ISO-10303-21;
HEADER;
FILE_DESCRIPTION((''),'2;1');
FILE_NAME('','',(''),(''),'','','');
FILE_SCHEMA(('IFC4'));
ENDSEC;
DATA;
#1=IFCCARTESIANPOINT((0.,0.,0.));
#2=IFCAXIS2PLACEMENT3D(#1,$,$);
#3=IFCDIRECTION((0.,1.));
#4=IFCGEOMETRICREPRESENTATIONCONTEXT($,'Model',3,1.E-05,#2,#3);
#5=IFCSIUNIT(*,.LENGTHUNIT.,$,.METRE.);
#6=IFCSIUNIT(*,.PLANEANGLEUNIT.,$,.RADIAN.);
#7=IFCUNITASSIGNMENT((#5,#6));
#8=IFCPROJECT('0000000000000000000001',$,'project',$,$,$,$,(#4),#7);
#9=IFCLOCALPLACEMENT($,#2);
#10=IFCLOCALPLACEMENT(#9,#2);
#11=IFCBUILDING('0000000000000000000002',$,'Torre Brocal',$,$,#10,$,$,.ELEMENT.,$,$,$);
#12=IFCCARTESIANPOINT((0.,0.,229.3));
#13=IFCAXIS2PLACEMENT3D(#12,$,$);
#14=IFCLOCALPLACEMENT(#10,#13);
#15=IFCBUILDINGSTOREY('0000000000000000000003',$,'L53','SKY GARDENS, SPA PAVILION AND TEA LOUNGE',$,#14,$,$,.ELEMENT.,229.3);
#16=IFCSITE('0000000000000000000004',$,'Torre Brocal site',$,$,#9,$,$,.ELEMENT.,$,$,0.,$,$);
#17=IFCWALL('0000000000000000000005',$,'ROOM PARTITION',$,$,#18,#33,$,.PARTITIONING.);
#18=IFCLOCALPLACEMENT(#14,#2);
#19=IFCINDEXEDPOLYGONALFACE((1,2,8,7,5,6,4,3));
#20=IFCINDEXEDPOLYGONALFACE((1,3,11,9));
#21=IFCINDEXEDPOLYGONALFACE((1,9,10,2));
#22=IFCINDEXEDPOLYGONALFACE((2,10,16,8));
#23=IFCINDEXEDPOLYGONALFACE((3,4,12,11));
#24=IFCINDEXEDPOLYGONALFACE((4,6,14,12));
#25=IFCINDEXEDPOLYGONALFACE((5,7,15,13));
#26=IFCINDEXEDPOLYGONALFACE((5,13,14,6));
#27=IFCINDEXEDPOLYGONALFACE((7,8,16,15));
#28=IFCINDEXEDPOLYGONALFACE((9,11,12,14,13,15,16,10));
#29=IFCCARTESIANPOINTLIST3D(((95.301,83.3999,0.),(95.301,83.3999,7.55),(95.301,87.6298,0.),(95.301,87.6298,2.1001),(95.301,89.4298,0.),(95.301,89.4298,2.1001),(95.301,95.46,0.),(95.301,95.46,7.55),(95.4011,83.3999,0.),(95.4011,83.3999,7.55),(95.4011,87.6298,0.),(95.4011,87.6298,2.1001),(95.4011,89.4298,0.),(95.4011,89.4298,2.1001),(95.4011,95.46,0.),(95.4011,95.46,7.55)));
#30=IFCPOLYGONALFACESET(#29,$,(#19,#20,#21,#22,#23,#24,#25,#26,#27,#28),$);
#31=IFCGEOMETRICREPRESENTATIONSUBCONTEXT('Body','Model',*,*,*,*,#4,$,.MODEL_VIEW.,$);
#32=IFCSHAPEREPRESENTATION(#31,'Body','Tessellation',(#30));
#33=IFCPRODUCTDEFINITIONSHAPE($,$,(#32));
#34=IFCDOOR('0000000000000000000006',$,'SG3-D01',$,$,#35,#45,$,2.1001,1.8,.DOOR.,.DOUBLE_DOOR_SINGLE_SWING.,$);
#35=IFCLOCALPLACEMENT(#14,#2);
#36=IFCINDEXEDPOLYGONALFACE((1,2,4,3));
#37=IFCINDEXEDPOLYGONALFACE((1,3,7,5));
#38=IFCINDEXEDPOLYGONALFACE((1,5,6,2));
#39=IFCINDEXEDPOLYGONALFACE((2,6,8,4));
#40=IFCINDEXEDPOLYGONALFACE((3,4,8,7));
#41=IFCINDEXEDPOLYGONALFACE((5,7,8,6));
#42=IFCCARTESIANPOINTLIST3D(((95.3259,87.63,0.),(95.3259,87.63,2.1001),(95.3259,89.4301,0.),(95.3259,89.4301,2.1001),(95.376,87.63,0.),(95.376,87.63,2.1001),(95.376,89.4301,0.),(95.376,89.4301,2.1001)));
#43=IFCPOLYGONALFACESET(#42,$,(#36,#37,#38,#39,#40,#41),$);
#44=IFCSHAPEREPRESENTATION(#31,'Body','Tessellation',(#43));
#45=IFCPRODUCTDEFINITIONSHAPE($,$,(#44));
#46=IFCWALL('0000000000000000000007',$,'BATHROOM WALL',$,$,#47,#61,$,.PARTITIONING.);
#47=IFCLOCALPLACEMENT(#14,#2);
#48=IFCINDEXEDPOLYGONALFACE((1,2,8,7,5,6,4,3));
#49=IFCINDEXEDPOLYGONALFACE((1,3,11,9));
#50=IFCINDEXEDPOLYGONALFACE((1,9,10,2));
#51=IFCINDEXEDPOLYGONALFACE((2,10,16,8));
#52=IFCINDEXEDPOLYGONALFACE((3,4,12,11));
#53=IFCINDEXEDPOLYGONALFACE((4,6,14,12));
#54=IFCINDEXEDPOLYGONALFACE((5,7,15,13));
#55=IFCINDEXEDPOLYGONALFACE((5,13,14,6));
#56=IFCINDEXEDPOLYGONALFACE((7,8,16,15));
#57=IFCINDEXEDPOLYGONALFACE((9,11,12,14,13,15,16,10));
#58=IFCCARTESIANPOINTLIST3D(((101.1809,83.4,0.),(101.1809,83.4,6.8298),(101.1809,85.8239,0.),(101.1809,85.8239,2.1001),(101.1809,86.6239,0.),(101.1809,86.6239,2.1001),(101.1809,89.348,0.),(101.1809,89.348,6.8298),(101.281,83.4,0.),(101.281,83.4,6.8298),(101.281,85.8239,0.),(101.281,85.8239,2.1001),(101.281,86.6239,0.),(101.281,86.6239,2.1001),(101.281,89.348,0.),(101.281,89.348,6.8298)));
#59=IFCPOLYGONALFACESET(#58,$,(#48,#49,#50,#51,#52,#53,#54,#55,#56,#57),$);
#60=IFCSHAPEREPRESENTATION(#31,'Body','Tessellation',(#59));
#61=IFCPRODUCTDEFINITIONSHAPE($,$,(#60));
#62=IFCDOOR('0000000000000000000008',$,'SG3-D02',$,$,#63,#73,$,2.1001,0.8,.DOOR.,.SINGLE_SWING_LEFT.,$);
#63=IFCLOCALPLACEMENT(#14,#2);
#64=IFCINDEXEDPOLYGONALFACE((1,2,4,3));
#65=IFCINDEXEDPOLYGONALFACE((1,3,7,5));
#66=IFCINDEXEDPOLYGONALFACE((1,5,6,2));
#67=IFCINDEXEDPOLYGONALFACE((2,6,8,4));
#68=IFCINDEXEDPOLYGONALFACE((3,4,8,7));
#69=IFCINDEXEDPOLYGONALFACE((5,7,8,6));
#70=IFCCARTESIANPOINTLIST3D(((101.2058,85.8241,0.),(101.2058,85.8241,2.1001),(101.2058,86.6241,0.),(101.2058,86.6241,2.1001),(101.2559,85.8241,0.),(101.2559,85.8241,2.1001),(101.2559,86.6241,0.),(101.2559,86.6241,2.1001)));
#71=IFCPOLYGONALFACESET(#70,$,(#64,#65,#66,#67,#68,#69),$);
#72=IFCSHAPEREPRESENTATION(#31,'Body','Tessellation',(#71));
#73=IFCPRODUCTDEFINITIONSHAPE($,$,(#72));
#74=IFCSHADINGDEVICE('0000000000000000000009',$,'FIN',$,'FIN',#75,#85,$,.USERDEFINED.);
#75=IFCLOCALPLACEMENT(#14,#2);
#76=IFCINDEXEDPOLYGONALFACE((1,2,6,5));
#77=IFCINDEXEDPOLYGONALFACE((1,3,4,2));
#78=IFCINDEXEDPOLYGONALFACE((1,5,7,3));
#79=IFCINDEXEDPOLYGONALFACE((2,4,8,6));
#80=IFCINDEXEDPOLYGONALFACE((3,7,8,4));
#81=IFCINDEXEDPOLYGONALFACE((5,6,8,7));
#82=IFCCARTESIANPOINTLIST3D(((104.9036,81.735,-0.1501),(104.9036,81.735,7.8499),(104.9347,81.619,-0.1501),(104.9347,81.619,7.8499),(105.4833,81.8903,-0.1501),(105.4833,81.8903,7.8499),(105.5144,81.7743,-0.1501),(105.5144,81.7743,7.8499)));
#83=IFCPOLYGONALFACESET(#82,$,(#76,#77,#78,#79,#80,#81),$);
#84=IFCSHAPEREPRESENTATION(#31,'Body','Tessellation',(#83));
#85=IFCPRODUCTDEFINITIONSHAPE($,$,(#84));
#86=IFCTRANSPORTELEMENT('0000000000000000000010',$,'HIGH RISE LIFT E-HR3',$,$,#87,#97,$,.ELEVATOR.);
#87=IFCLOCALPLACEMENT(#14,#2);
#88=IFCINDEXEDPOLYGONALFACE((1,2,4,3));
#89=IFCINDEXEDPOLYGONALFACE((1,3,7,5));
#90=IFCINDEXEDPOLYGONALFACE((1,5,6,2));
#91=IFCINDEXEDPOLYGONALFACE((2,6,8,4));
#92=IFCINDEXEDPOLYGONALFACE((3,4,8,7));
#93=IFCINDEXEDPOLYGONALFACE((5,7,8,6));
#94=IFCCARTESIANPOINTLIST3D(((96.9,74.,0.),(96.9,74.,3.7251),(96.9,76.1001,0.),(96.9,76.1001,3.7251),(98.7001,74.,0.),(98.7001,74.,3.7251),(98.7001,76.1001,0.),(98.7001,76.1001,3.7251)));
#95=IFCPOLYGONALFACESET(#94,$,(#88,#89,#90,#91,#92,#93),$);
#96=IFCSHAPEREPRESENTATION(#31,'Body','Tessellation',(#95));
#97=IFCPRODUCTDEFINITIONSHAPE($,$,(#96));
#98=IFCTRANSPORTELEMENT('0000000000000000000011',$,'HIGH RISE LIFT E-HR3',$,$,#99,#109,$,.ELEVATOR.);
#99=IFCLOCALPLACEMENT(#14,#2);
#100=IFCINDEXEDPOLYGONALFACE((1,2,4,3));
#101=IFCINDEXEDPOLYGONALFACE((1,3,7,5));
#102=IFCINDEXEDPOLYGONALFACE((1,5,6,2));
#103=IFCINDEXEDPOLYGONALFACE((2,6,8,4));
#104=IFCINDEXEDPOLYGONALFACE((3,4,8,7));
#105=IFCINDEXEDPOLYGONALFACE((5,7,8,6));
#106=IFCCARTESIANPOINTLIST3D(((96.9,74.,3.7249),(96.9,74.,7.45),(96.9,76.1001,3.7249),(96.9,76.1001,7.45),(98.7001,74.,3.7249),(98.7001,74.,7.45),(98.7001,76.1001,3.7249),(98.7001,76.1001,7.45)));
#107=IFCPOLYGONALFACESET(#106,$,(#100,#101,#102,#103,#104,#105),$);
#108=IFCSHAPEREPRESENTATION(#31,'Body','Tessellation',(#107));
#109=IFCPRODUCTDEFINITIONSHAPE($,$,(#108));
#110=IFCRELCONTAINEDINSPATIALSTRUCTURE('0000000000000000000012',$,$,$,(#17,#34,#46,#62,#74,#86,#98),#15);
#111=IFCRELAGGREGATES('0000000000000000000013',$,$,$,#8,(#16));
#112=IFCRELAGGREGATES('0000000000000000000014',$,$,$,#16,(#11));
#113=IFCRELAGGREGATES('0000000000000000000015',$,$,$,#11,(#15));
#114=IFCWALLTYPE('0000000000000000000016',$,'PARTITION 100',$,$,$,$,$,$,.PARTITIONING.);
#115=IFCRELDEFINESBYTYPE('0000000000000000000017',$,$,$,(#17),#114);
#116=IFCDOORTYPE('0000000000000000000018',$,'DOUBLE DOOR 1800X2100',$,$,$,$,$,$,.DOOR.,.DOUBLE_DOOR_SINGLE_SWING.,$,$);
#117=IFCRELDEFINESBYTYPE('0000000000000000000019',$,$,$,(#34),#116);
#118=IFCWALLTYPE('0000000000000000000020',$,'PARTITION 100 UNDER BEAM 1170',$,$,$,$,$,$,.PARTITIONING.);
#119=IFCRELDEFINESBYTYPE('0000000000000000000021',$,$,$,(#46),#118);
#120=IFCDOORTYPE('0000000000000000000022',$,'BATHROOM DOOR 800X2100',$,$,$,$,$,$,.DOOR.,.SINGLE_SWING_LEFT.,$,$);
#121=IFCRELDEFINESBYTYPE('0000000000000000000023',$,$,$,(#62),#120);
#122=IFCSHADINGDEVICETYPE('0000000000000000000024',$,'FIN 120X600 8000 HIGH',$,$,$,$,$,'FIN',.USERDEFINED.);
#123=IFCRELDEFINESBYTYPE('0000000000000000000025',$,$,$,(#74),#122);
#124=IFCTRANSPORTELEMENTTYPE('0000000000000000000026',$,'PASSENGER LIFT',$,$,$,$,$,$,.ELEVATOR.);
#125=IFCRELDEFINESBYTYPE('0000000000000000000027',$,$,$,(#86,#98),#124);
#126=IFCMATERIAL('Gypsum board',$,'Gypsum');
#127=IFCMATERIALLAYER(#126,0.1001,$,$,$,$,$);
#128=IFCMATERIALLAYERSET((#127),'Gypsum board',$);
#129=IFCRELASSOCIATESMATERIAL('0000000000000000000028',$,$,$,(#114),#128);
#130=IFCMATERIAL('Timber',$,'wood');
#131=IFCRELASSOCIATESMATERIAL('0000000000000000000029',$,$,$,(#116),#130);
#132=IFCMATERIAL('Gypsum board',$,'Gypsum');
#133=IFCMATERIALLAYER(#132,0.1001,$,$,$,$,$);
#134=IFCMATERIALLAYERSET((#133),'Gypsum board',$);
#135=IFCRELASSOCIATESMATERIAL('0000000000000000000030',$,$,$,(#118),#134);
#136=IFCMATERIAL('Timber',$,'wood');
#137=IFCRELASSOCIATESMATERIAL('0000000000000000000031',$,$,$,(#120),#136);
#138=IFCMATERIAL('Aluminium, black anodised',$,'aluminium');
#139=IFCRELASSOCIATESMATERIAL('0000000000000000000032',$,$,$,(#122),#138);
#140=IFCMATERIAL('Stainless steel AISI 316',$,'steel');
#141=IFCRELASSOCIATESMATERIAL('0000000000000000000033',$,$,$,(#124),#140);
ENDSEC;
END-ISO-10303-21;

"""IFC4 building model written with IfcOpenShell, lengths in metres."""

from ifc_helpers import new_model, si_unit, direction, frame, frame_2d, origin, origin_2d, place, context, subcontext, project, spatial, rectangle, extrude, material, layer, layer_set, material_profile, profile_set, type_object, element, fill, save


model = new_model("IFC4")

# Units and contexts
model_context = context("Model", 3, precision=1e-05, world=origin(), true_north=direction((0.0, 1.0)))
body_context = subcontext(model_context, "Body", "Model", "MODEL_VIEW")
ifc_project = project(units=[si_unit("LENGTHUNIT", "METRE"), si_unit("PLANEANGLEUNIT", "RADIAN")], contexts=[model_context])

# Site, building, storey
site_placement = place(None, origin())
site = spatial("IfcSite", under=ifc_project, at=site_placement, Name="Torre Brocal site", CompositionType="ELEMENT", RefElevation=0.0)
building_placement = place(site_placement, origin())
building = spatial("IfcBuilding", under=site, at=building_placement, Name="Torre Brocal", CompositionType="ELEMENT")
storey_placement = place(building_placement, frame((0.0, 0.0, 229.3)))
storey = spatial("IfcBuildingStorey", under=building, at=storey_placement, Name="L53", Description="SKY GARDENS, SPA PAVILION AND TEA LOUNGE", CompositionType="ELEMENT", Elevation=229.3)

# Walls, openings, doors
ifc_material_1 = material(Name="Gypsum board", Category="Gypsum")
ifc_layer_1 = layer(ifc_material_1, 0.1001)
ifc_layer_set_1 = layer_set([ifc_layer_1], Name="Gypsum board")
wall_type_1 = type_object("IfcWallType", Name="PARTITION 100", PredefinedType="PARTITIONING", material=ifc_layer_set_1)
wall_1_placement = place(storey_placement, frame((95.3511, 83.3999, 0.0), z_axis=(0.0, 0.0, 1.0), x_axis=(0.0, 1.0, 0.0)))
wall_1 = element("IfcWall", 1, at=wall_1_placement, inside=storey, type_object=wall_type_1, Name="ROOM PARTITION", PredefinedType="PARTITIONING", context=body_context, shape_type="SweptSolid", body=[
    extrude(rectangle(XDim=12.0601, YDim=0.1001, at=frame_2d((6.03, 0.0))), origin(), (0.0, 0.0, 1.0), 7.55),
])
opening_1_placement = place(wall_1_placement, frame((4.23, 0.0, 0.0)))
opening_1 = element("IfcOpeningElement", 2, at=opening_1_placement, cuts=wall_1, PredefinedType="OPENING", context=body_context, shape_type="SweptSolid", body=[
    extrude(rectangle(XDim=1.8, YDim=2.1001, at=frame_2d((0.8999, 1.05))), frame((0.0, 0.0601, 0.0), z_axis=(0.0, -1.0, 0.0), x_axis=(1.0, 0.0, 0.0)), (0.0, 0.0, 1.0), 0.1201),
])
ifc_material_2 = material(Name="Timber", Category="wood")
door_type_1 = type_object("IfcDoorType", Name="DOUBLE DOOR 1800X2100", OperationType="DOUBLE_DOOR_SINGLE_SWING", PredefinedType="DOOR", material=ifc_material_2)
door_1_placement = place(opening_1_placement, frame((1.8, 0.0, 0.0), z_axis=(0.0, 0.0, 1.0), x_axis=(-1.0, 0.0, 0.0)))
door_1 = element("IfcDoor", 3, at=door_1_placement, inside=storey, type_object=door_type_1, Name="SG3-D01", OperationType="DOUBLE_DOOR_SINGLE_SWING", OverallHeight=2.1001, OverallWidth=1.8, PredefinedType="DOOR", context=body_context, shape_type="SweptSolid", body=[
    extrude(rectangle(XDim=1.8, YDim=2.1001, at=frame_2d((0.8999, 1.05))), frame((0.0, 0.0249, 0.0), z_axis=(0.0, -1.0, 0.0), x_axis=(1.0, 0.0, 0.0)), (0.0, 0.0, 1.0), 0.05),
])
fill(opening_1, door_1)
ifc_material_3 = material(Name="Gypsum board", Category="Gypsum")
ifc_layer_2 = layer(ifc_material_3, 0.1001)
ifc_layer_set_2 = layer_set([ifc_layer_2], Name="Gypsum board")
wall_type_2 = type_object("IfcWallType", Name="PARTITION 100 UNDER BEAM 1170", PredefinedType="PARTITIONING", material=ifc_layer_set_2)
wall_2_placement = place(storey_placement, frame((101.231, 83.3999, 0.0), z_axis=(0.0, 0.0, 1.0), x_axis=(0.0, 1.0, 0.0)))
wall_2 = element("IfcWall", 4, at=wall_2_placement, inside=storey, type_object=wall_type_2, Name="BATHROOM WALL", PredefinedType="PARTITIONING", context=body_context, shape_type="SweptSolid", body=[
    extrude(rectangle(XDim=5.948, YDim=0.1001, at=frame_2d((2.9741, 0.0))), origin(), (0.0, 0.0, 1.0), 6.8298),
])
opening_2_placement = place(wall_2_placement, frame((2.4241, 0.0, 0.0)))
opening_2 = element("IfcOpeningElement", 5, at=opening_2_placement, cuts=wall_2, PredefinedType="OPENING", context=body_context, shape_type="SweptSolid", body=[
    extrude(rectangle(XDim=0.8, YDim=2.1001, at=frame_2d((0.3999, 1.05))), frame((0.0, 0.0601, 0.0), z_axis=(0.0, -1.0, 0.0), x_axis=(1.0, 0.0, 0.0)), (0.0, 0.0, 1.0), 0.1201),
])
ifc_material_4 = material(Name="Timber", Category="wood")
door_type_2 = type_object("IfcDoorType", Name="BATHROOM DOOR 800X2100", OperationType="SINGLE_SWING_LEFT", PredefinedType="DOOR", material=ifc_material_4)
door_2_placement = place(opening_2_placement, frame((0.8, 0.0, 0.0), z_axis=(0.0, 0.0, 1.0), x_axis=(-1.0, 0.0, 0.0)))
door_2 = element("IfcDoor", 6, at=door_2_placement, inside=storey, type_object=door_type_2, Name="SG3-D02", OperationType="SINGLE_SWING_LEFT", OverallHeight=2.1001, OverallWidth=0.8, PredefinedType="DOOR", context=body_context, shape_type="SweptSolid", body=[
    extrude(rectangle(XDim=0.8, YDim=2.1001, at=frame_2d((0.3999, 1.05))), frame((0.0, 0.0249, 0.0), z_axis=(0.0, -1.0, 0.0), x_axis=(1.0, 0.0, 0.0)), (0.0, 0.0, 1.0), 0.05),
])
fill(opening_2, door_2)

# Shading device
ifc_material_5 = material(Name="Aluminium, black anodised", Category="aluminium")
ifc_material_profile_1 = material_profile(ifc_material_5, rectangle(XDim=0.1201, YDim=0.6001, at=origin_2d()), Name="FIN 120X600 8000 HIGH")
ifc_profile_set_1 = profile_set([ifc_material_profile_1], Name="Aluminium, black anodised")
shading_device_type = type_object("IfcShadingDeviceType", Name="FIN 120X600 8000 HIGH", ElementType="FIN", PredefinedType="USERDEFINED", material=ifc_profile_set_1)
shading_device_placement = place(storey_placement, frame((105.209, 81.7546, -0.1501), z_axis=(0.0, 0.0, 1.0), x_axis=(-0.258819, 0.965926, 0.0)))
element("IfcShadingDevice", 7, at=shading_device_placement, inside=storey, type_object=shading_device_type, Name="FIN", ObjectType="FIN", PredefinedType="USERDEFINED", context=body_context, shape_type="SweptSolid", body=[
    extrude(rectangle(XDim=0.1201, YDim=0.6001, at=origin_2d()), origin(), (0.0, 0.0, 1.0), 8.0),
])

# Transport elements
ifc_material_6 = material(Name="Stainless steel AISI 316", Category="steel")
transport_element_type = type_object("IfcTransportElementType", Name="PASSENGER LIFT", PredefinedType="ELEVATOR", material=ifc_material_6)
for number, where, z_axis, x_axis, name in (
    (8, (97.8, 75.05, 0.0), (0.0, 0.0, 1.0), (1.0, 0.0, 0.0), "HIGH RISE LIFT E-HR3"),
    (9, (97.8, 75.05, 3.7249), (0.0, 0.0, 1.0), (1.0, 0.0, 0.0), "HIGH RISE LIFT E-HR3"),
):
    element("IfcTransportElement", number, at=place(storey_placement, frame(where, z_axis=z_axis, x_axis=x_axis)), inside=storey, type_object=transport_element_type, Name=name, PredefinedType="ELEVATOR", context=body_context, shape_type="SweptSolid", body=[
        extrude(rectangle(XDim=1.8, YDim=2.1001, at=origin_2d()), origin(), (0.0, 0.0, 1.0), 3.7251),
    ])

save(model, "model.ifc")
